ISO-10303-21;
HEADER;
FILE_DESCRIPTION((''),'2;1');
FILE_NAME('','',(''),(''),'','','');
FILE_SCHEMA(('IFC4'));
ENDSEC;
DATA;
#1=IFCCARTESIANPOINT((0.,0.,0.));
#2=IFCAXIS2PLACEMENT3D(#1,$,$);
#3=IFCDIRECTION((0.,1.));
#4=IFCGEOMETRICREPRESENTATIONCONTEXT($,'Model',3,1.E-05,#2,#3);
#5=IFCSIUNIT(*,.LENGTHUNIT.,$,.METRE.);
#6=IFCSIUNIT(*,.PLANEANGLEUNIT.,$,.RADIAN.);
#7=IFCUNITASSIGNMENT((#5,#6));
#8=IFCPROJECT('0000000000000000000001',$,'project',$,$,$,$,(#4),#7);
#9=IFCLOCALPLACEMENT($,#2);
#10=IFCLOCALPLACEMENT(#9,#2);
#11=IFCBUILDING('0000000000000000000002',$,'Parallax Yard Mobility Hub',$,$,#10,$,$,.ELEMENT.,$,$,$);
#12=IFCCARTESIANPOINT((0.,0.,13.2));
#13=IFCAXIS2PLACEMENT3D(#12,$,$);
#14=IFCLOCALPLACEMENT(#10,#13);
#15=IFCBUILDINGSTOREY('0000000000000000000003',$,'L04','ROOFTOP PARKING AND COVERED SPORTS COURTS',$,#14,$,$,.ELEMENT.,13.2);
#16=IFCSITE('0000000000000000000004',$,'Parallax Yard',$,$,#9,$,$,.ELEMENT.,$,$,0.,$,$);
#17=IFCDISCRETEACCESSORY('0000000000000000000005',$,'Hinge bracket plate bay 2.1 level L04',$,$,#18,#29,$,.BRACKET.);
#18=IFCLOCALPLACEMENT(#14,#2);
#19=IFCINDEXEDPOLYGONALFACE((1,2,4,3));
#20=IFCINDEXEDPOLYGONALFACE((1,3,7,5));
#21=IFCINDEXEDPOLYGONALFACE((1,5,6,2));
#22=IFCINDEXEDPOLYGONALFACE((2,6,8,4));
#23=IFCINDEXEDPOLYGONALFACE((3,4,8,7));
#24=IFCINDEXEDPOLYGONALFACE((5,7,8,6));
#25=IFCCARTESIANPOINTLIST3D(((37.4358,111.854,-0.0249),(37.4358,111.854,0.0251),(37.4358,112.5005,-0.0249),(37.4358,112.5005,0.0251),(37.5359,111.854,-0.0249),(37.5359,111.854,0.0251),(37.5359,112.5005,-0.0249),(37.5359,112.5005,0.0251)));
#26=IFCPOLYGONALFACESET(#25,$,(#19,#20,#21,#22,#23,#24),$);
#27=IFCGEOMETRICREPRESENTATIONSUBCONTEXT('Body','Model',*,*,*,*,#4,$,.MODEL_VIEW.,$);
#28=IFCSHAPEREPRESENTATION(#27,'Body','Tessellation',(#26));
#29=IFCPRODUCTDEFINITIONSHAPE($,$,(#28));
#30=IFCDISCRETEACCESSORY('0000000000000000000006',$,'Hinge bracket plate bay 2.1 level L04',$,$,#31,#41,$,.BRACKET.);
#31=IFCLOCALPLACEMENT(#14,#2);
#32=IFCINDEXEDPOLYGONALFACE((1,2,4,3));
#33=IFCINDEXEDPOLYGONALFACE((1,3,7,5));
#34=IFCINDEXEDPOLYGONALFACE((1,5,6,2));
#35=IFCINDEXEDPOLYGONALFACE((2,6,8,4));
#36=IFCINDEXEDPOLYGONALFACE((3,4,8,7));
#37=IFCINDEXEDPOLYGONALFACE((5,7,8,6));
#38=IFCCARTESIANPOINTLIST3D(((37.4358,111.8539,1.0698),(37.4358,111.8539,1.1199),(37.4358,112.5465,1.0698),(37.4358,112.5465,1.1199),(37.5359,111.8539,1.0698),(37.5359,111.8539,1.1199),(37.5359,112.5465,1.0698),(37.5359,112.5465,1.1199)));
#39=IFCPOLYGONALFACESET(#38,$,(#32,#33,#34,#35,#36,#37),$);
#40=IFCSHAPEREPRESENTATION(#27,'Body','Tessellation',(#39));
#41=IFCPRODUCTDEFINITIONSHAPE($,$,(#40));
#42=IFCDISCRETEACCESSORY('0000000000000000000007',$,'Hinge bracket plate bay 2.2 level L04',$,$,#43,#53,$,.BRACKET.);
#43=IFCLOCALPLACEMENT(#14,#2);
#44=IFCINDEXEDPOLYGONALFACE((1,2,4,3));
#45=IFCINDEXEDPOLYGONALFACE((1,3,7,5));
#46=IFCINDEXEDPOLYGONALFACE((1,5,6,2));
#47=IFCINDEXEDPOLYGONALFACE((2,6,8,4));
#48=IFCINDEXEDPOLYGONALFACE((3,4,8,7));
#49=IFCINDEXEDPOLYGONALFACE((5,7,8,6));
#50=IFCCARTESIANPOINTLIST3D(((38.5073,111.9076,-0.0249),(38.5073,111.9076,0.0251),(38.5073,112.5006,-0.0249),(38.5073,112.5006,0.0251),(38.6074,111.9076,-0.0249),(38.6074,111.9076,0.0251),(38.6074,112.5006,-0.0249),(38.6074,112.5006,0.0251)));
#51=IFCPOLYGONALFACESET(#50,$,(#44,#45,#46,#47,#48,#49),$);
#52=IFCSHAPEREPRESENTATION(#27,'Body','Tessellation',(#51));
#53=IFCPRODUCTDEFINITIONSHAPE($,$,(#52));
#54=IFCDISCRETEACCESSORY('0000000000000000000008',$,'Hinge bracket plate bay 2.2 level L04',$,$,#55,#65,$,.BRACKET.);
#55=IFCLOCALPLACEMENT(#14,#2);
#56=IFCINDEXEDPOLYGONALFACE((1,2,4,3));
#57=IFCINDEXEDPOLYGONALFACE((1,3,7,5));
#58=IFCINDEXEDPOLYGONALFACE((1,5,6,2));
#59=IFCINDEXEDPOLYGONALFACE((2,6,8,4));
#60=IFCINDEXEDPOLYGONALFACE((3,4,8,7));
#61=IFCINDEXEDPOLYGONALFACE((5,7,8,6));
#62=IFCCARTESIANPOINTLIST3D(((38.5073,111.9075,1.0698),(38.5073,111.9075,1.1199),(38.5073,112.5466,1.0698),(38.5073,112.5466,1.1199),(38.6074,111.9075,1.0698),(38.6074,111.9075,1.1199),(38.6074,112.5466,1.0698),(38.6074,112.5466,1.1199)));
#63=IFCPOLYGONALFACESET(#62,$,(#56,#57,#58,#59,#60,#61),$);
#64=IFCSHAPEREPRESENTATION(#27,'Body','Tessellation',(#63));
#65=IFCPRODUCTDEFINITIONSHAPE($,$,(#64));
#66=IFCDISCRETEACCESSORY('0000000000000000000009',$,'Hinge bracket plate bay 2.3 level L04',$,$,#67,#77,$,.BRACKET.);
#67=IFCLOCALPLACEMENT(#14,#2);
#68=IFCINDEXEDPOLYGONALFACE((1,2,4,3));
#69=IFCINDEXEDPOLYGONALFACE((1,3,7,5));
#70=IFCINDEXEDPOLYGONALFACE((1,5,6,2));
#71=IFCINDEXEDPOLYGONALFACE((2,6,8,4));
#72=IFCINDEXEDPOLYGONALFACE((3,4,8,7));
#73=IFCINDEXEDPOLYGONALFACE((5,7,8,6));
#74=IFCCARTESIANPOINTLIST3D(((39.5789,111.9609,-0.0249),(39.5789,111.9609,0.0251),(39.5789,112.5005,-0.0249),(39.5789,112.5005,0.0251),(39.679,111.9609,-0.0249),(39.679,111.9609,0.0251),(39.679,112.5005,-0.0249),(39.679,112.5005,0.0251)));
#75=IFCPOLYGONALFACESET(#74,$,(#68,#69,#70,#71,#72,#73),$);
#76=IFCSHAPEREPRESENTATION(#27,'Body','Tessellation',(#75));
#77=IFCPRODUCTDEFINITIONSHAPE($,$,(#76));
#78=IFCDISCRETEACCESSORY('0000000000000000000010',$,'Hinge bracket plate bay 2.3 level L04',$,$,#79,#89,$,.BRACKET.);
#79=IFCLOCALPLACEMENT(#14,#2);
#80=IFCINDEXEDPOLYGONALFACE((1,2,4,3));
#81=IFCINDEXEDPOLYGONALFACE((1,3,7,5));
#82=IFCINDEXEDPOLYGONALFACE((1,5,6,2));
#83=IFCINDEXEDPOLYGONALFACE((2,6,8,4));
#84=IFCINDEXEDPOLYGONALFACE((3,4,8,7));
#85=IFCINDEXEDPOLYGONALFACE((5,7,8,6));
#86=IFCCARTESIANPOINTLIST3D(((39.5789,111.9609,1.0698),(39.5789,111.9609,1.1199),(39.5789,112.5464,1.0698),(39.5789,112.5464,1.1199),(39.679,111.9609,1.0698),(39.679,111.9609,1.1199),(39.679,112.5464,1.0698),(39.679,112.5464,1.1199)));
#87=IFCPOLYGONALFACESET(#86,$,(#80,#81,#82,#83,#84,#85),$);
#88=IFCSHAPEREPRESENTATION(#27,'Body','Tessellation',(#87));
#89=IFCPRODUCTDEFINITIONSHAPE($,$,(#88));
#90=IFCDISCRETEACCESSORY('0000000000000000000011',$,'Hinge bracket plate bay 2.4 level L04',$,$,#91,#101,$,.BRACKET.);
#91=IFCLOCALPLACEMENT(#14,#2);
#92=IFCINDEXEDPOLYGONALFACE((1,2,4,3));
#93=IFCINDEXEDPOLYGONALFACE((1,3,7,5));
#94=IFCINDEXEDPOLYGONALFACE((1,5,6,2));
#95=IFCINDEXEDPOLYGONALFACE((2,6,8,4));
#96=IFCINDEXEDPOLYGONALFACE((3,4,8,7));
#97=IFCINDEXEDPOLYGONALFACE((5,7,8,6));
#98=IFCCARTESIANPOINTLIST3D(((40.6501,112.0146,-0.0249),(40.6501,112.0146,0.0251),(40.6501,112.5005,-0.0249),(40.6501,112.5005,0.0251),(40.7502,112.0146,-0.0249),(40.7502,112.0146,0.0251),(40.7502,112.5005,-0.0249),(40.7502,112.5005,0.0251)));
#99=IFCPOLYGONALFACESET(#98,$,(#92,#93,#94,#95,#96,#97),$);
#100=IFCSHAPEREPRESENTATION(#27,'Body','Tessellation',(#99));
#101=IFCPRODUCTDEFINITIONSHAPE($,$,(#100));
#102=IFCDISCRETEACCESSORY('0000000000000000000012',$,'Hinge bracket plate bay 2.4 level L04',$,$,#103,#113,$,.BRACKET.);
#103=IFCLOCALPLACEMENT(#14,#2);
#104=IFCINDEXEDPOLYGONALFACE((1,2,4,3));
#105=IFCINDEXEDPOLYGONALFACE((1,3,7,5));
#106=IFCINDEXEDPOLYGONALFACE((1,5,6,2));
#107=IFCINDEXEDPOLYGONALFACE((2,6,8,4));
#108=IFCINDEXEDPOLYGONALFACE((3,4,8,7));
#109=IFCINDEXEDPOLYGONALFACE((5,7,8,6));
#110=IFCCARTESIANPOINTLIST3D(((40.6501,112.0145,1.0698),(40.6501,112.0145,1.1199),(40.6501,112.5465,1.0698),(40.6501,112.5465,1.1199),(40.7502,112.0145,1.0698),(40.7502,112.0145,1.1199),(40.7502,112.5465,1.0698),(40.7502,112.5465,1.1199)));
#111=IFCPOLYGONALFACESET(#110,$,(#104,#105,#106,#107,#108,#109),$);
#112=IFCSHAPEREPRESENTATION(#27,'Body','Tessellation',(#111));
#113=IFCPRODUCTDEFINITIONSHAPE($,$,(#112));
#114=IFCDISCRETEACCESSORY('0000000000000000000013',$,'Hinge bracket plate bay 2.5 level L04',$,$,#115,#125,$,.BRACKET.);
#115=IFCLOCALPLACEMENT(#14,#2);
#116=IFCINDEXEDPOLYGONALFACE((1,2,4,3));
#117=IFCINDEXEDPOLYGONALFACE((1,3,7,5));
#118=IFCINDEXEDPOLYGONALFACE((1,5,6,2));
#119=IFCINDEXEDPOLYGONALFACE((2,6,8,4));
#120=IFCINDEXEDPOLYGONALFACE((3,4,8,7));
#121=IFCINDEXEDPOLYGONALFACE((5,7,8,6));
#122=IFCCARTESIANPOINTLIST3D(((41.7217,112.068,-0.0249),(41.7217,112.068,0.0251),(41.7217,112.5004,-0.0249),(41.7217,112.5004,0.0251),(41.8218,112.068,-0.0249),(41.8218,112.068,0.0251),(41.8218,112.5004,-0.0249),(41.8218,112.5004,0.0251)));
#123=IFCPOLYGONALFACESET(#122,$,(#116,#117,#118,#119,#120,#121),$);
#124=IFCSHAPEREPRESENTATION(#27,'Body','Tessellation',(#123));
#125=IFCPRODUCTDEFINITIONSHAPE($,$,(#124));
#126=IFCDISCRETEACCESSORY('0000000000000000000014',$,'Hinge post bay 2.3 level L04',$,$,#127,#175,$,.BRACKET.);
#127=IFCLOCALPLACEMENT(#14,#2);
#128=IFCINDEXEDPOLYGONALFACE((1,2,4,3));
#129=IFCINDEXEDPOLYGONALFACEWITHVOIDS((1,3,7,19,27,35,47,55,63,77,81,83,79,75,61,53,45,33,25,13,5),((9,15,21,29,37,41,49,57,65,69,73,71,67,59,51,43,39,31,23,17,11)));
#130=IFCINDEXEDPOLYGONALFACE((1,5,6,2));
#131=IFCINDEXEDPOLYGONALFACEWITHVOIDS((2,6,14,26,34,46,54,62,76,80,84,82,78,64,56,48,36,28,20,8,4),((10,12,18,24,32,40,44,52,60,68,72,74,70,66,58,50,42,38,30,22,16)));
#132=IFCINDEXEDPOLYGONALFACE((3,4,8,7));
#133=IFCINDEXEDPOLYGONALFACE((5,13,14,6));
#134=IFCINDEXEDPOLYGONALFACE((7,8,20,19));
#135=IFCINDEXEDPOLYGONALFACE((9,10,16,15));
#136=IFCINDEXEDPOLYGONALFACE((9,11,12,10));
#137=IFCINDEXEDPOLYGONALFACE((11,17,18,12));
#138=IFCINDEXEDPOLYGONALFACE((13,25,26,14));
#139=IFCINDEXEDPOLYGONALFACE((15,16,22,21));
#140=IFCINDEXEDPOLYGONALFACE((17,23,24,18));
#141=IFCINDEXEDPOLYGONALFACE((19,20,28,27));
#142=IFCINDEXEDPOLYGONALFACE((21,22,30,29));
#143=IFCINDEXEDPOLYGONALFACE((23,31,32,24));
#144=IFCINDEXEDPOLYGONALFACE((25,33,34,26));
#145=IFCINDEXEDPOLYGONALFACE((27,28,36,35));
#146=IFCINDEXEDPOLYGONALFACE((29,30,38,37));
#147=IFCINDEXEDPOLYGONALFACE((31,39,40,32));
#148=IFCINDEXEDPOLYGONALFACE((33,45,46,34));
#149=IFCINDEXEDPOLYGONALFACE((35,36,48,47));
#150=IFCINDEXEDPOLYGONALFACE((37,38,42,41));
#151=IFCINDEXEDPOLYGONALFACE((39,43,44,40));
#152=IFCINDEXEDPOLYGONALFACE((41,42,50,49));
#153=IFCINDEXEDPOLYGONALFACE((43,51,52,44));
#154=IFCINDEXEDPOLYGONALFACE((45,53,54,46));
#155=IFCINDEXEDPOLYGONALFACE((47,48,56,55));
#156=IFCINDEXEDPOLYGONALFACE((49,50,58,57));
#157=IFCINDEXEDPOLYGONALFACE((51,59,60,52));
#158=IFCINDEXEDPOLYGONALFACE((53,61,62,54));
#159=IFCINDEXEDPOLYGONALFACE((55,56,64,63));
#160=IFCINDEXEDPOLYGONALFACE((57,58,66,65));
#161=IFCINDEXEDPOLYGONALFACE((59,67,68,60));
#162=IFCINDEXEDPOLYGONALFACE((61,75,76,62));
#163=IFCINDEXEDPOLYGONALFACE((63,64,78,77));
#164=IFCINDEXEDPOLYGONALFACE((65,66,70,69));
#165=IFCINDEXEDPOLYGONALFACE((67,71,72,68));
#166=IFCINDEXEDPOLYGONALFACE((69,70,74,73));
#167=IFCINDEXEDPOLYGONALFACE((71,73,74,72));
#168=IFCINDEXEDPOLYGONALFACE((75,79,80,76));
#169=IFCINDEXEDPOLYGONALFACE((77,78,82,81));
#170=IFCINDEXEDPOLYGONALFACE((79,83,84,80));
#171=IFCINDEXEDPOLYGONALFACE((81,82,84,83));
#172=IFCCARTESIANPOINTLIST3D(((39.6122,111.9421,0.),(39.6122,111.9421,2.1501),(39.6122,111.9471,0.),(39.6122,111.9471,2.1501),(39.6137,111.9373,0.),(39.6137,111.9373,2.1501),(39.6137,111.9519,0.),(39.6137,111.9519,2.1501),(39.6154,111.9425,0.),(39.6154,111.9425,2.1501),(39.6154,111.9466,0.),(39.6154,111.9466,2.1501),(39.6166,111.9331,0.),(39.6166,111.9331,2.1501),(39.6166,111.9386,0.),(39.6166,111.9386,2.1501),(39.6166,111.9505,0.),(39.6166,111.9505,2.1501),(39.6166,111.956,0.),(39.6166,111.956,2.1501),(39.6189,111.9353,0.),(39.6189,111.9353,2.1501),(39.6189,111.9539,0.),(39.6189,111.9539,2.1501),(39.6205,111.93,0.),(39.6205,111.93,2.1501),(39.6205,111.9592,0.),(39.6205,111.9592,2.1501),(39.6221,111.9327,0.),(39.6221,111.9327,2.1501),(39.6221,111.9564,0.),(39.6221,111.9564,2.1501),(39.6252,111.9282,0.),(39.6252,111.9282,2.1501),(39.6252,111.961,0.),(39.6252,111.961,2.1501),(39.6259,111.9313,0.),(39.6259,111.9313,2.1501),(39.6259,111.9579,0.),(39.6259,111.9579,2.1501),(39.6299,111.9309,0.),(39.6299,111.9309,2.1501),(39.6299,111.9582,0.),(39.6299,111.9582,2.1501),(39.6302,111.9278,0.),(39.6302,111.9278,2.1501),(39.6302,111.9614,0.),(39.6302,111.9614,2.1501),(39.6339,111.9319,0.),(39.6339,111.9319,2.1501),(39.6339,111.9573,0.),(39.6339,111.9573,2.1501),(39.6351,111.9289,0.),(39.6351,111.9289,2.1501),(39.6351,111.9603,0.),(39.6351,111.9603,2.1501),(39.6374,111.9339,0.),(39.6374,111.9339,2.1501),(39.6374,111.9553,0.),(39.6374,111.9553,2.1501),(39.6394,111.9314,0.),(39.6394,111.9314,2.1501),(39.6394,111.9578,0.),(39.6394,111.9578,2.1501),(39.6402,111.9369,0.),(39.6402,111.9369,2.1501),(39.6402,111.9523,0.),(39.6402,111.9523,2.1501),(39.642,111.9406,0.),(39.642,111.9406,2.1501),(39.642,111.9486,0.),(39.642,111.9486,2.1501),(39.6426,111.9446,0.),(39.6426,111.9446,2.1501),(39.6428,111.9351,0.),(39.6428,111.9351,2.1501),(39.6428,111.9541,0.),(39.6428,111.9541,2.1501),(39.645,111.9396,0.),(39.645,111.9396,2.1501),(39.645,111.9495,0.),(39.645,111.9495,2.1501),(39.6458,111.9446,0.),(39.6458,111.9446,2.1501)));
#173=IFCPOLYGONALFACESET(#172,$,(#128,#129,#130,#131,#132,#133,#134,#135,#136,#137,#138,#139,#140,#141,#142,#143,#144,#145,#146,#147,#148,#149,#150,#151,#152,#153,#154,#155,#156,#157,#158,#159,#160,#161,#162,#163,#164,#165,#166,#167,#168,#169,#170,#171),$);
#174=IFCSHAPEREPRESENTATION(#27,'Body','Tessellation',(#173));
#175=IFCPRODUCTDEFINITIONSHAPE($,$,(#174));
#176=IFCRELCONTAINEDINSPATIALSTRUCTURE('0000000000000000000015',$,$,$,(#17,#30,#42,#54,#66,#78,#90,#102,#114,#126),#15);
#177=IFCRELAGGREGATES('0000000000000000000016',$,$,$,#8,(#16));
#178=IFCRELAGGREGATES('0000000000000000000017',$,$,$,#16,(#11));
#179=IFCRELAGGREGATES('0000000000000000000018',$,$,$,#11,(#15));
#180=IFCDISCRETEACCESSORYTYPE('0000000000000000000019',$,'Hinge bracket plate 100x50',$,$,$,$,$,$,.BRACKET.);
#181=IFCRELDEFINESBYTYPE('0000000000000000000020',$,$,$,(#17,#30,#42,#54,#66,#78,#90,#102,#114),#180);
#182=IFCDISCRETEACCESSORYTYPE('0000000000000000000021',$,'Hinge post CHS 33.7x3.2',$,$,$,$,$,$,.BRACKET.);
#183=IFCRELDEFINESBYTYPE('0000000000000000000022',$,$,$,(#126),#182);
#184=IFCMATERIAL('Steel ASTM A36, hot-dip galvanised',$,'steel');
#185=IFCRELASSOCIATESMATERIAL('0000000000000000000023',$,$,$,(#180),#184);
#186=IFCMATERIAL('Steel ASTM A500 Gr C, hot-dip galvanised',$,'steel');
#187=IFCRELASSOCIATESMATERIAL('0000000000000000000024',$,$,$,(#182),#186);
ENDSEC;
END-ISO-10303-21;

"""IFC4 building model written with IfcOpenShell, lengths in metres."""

from ifc_helpers import new_model, si_unit, direction, frame, origin, origin_2d, place, context, subcontext, project, spatial, rectangle, hollow_circle, extrude, material, material_profile, profile_set, type_object, element, save


model = new_model("IFC4")

# Units and contexts
model_context = context("Model", 3, precision=1e-05, world=origin(), true_north=direction((0.0, 1.0)))
body_context = subcontext(model_context, "Body", "Model", "MODEL_VIEW")
ifc_project = project(units=[si_unit("LENGTHUNIT", "METRE"), si_unit("PLANEANGLEUNIT", "RADIAN")], contexts=[model_context])

# Site, building, storey
site_placement = place(None, origin())
site = spatial("IfcSite", under=ifc_project, at=site_placement, Name="Parallax Yard", CompositionType="ELEMENT", RefElevation=0.0)
building_placement = place(site_placement, origin())
building = spatial("IfcBuilding", under=site, at=building_placement, Name="Parallax Yard Mobility Hub", CompositionType="ELEMENT")
storey_placement = place(building_placement, frame((0.0, 0.0, 13.2)))
storey = spatial("IfcBuildingStorey", under=building, at=storey_placement, Name="L04", Description="ROOFTOP PARKING AND COVERED SPORTS COURTS", CompositionType="ELEMENT", Elevation=13.2)

# Discrete accessories
ifc_material_1 = material(Name="Steel ASTM A36, hot-dip galvanised", Category="steel")
discrete_accessory_type_1 = type_object("IfcDiscreteAccessoryType", Name="Hinge bracket plate 100x50", PredefinedType="BRACKET", material=ifc_material_1)
discrete_accessory_1_placement = place(storey_placement, frame((37.4858, 112.1772, -0.0249), z_axis=(0.0, 0.0, 1.0), x_axis=(0.0, -1.0, 0.0)))
element("IfcDiscreteAccessory", 1, at=discrete_accessory_1_placement, inside=storey, type_object=discrete_accessory_type_1, Name="Hinge bracket plate bay 2.1 level L04", PredefinedType="BRACKET", context=body_context, shape_type="SweptSolid", body=[
    extrude(rectangle(XDim=0.6465, YDim=0.1001, at=origin_2d()), origin(), (0.0, 0.0, 1.0), 0.05),
])
discrete_accessory_2_placement = place(storey_placement, frame((37.4858, 112.2002, 1.0698), z_axis=(0.0, 0.0, 1.0), x_axis=(0.0, -1.0, 0.0)))
element("IfcDiscreteAccessory", 2, at=discrete_accessory_2_placement, inside=storey, type_object=discrete_accessory_type_1, Name="Hinge bracket plate bay 2.1 level L04", PredefinedType="BRACKET", context=body_context, shape_type="SweptSolid", body=[
    extrude(rectangle(XDim=0.6926, YDim=0.1001, at=origin_2d()), origin(), (0.0, 0.0, 1.0), 0.05),
])
discrete_accessory_3_placement = place(storey_placement, frame((38.5574, 112.2041, -0.0249), z_axis=(0.0, 0.0, 1.0), x_axis=(0.0, -1.0, 0.0)))
element("IfcDiscreteAccessory", 3, at=discrete_accessory_3_placement, inside=storey, type_object=discrete_accessory_type_1, Name="Hinge bracket plate bay 2.2 level L04", PredefinedType="BRACKET", context=body_context, shape_type="SweptSolid", body=[
    extrude(rectangle(XDim=0.593, YDim=0.1001, at=origin_2d()), origin(), (0.0, 0.0, 1.0), 0.05),
])
discrete_accessory_4_placement = place(storey_placement, frame((38.5574, 112.2271, 1.0698), z_axis=(0.0, 0.0, 1.0), x_axis=(0.0, -1.0, 0.0)))
element("IfcDiscreteAccessory", 4, at=discrete_accessory_4_placement, inside=storey, type_object=discrete_accessory_type_1, Name="Hinge bracket plate bay 2.2 level L04", PredefinedType="BRACKET", context=body_context, shape_type="SweptSolid", body=[
    extrude(rectangle(XDim=0.6392, YDim=0.1001, at=origin_2d()), origin(), (0.0, 0.0, 1.0), 0.05),
])
discrete_accessory_5_placement = place(storey_placement, frame((39.6289, 112.2307, -0.0249), z_axis=(0.0, 0.0, 1.0), x_axis=(0.0, -1.0, 0.0)))
element("IfcDiscreteAccessory", 5, at=discrete_accessory_5_placement, inside=storey, type_object=discrete_accessory_type_1, Name="Hinge bracket plate bay 2.3 level L04", PredefinedType="BRACKET", context=body_context, shape_type="SweptSolid", body=[
    extrude(rectangle(XDim=0.5396, YDim=0.1001, at=origin_2d()), origin(), (0.0, 0.0, 1.0), 0.05),
])
discrete_accessory_6_placement = place(storey_placement, frame((39.6289, 112.2537, 1.0698), z_axis=(0.0, 0.0, 1.0), x_axis=(0.0, -1.0, 0.0)))
element("IfcDiscreteAccessory", 6, at=discrete_accessory_6_placement, inside=storey, type_object=discrete_accessory_type_1, Name="Hinge bracket plate bay 2.3 level L04", PredefinedType="BRACKET", context=body_context, shape_type="SweptSolid", body=[
    extrude(rectangle(XDim=0.5854, YDim=0.1001, at=origin_2d()), origin(), (0.0, 0.0, 1.0), 0.05),
])
discrete_accessory_7_placement = place(storey_placement, frame((40.7002, 112.2576, -0.0249), z_axis=(0.0, 0.0, 1.0), x_axis=(0.0, -1.0, 0.0)))
element("IfcDiscreteAccessory", 7, at=discrete_accessory_7_placement, inside=storey, type_object=discrete_accessory_type_1, Name="Hinge bracket plate bay 2.4 level L04", PredefinedType="BRACKET", context=body_context, shape_type="SweptSolid", body=[
    extrude(rectangle(XDim=0.4858, YDim=0.1001, at=origin_2d()), origin(), (0.0, 0.0, 1.0), 0.05),
])
discrete_accessory_8_placement = place(storey_placement, frame((40.7002, 112.2805, 1.0698), z_axis=(0.0, 0.0, 1.0), x_axis=(0.0, -1.0, 0.0)))
element("IfcDiscreteAccessory", 8, at=discrete_accessory_8_placement, inside=storey, type_object=discrete_accessory_type_1, Name="Hinge bracket plate bay 2.4 level L04", PredefinedType="BRACKET", context=body_context, shape_type="SweptSolid", body=[
    extrude(rectangle(XDim=0.532, YDim=0.1001, at=origin_2d()), origin(), (0.0, 0.0, 1.0), 0.05),
])
discrete_accessory_9_placement = place(storey_placement, frame((41.7717, 112.2842, -0.0249), z_axis=(0.0, 0.0, 1.0), x_axis=(0.0, -1.0, 0.0)))
element("IfcDiscreteAccessory", 9, at=discrete_accessory_9_placement, inside=storey, type_object=discrete_accessory_type_1, Name="Hinge bracket plate bay 2.5 level L04", PredefinedType="BRACKET", context=body_context, shape_type="SweptSolid", body=[
    extrude(rectangle(XDim=0.4324, YDim=0.1001, at=origin_2d()), origin(), (0.0, 0.0, 1.0), 0.05),
])
ifc_material_2 = material(Name="Steel ASTM A500 Gr C, hot-dip galvanised", Category="steel")
ifc_material_profile_1 = material_profile(ifc_material_2, hollow_circle(Radius=0.0168, WallThickness=0.0032, at=origin_2d()), Name="CHS 33.7x3.2")
ifc_profile_set_1 = profile_set([ifc_material_profile_1], Name="Steel ASTM A500 Gr C, hot-dip galvanised")
discrete_accessory_type_2 = type_object("IfcDiscreteAccessoryType", Name="Hinge post CHS 33.7x3.2", PredefinedType="BRACKET", material=ifc_profile_set_1)
discrete_accessory_10_placement = place(storey_placement, frame((39.6289, 111.9446, 0.0), z_axis=(0.0, 0.0, 1.0), x_axis=(1.0, 0.0, 0.0)))
element("IfcDiscreteAccessory", 10, at=discrete_accessory_10_placement, inside=storey, type_object=discrete_accessory_type_2, Name="Hinge post bay 2.3 level L04", PredefinedType="BRACKET", context=body_context, shape_type="SweptSolid", body=[
    extrude(hollow_circle(Radius=0.0168, WallThickness=0.0032, at=origin_2d()), origin(), (0.0, 0.0, 1.0), 2.1501),
])

save(model, "model.ifc")
